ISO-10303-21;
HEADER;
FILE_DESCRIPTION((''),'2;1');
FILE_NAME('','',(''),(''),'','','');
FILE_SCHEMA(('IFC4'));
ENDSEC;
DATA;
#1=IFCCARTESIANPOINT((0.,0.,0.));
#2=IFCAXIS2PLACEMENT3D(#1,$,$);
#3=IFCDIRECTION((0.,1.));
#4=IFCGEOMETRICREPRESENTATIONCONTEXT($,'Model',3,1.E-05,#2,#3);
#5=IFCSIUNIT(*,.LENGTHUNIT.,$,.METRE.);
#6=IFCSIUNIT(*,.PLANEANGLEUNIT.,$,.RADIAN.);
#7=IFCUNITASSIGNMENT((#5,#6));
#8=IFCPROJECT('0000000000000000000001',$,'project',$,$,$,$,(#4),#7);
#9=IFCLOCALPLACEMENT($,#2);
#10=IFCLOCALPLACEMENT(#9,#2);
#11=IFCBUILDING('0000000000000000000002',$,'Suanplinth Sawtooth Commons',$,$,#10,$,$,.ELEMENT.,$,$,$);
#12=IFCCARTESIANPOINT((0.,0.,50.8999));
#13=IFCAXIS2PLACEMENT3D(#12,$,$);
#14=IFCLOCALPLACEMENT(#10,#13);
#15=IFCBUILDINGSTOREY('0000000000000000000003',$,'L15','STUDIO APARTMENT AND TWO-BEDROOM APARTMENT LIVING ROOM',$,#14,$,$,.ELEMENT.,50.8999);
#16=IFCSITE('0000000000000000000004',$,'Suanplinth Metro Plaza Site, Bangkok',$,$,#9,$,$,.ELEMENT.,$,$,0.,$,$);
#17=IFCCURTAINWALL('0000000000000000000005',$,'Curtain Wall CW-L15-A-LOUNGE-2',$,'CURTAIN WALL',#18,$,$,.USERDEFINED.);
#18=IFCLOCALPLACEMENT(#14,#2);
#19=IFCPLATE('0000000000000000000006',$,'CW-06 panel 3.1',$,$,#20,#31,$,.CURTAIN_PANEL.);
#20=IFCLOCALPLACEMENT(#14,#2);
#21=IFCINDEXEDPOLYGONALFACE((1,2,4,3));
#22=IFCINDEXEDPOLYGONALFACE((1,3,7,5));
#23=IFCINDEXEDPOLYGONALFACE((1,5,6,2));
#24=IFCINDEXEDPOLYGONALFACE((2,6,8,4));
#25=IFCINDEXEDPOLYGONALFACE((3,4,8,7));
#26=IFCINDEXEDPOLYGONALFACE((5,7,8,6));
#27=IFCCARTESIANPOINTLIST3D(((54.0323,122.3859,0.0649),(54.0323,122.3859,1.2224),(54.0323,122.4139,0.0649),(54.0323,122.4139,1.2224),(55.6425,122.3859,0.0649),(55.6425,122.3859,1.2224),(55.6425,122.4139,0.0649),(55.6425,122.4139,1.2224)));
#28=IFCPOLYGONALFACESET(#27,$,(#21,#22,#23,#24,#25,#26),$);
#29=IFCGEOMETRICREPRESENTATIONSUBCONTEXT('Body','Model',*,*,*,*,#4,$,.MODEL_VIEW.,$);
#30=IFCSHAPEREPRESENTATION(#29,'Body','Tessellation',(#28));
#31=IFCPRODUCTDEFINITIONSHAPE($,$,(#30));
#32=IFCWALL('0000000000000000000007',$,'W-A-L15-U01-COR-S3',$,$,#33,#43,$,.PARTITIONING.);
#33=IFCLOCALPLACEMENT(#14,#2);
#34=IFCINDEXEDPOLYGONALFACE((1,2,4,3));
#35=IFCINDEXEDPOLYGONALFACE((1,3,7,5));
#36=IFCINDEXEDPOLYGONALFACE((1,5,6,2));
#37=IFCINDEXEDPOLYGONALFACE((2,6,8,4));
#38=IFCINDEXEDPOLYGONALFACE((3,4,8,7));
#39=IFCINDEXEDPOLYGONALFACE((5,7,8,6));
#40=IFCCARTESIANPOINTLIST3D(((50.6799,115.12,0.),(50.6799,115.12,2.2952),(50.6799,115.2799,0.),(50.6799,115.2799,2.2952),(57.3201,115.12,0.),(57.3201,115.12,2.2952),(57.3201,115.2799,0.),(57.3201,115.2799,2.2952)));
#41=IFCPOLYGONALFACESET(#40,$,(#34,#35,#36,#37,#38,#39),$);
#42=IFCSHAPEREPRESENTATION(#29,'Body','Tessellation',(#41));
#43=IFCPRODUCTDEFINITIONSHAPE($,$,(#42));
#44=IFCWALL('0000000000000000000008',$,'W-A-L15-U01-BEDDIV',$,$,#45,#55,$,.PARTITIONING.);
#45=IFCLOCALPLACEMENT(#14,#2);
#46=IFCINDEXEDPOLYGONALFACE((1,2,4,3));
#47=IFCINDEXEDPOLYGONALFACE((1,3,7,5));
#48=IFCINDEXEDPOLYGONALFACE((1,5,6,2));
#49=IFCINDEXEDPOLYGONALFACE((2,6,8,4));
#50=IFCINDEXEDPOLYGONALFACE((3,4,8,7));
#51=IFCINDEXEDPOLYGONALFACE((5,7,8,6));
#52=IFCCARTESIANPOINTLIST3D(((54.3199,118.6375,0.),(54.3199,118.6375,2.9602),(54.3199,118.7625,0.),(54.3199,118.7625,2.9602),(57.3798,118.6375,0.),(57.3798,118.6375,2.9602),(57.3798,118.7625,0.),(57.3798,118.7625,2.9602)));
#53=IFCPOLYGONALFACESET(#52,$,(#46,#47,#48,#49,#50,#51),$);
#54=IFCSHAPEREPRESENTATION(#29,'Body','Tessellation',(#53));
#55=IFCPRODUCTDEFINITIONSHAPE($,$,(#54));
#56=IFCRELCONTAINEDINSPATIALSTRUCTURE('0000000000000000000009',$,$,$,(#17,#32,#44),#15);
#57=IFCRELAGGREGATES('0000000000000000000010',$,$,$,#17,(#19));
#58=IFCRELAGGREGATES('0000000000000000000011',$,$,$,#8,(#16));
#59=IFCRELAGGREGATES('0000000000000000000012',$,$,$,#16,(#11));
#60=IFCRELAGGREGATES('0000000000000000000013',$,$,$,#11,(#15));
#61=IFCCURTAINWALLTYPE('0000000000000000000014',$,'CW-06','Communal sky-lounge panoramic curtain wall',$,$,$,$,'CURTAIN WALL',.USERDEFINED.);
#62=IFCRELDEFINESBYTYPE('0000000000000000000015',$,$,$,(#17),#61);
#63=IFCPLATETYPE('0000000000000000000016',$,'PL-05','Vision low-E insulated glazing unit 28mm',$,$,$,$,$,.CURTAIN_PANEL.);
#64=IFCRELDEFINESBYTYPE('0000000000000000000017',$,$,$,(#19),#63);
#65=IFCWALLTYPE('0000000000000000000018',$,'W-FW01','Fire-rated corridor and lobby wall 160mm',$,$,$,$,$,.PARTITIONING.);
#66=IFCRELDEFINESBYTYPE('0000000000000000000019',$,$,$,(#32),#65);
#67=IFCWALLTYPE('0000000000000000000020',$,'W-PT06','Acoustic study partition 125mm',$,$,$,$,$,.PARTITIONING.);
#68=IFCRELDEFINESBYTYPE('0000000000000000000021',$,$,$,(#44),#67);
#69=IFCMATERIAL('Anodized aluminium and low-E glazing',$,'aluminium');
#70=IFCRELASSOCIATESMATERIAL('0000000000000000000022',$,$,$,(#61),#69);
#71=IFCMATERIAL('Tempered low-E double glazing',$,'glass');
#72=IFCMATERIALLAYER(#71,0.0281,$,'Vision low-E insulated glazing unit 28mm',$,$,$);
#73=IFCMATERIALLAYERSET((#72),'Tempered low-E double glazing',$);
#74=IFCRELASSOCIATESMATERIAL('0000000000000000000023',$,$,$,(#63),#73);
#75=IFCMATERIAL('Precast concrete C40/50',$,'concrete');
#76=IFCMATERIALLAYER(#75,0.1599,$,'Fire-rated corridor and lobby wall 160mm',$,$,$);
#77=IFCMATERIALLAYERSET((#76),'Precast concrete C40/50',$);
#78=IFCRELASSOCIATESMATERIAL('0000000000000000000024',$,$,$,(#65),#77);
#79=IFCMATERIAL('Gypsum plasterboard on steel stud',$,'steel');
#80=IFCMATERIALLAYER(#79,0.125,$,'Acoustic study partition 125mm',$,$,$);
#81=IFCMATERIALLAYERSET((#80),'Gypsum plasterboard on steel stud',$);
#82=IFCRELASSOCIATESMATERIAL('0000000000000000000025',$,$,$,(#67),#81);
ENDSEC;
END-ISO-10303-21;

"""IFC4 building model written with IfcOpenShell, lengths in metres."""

from ifc_helpers import new_model, si_unit, direction, frame, frame_2d, origin, origin_2d, place, context, subcontext, project, spatial, rectangle, extrude, material, layer, layer_set, type_object, element, aggregate, save


model = new_model("IFC4")

# Units and contexts
model_context = context("Model", 3, precision=1e-05, world=origin(), true_north=direction((0.0, 1.0)))
body_context = subcontext(model_context, "Body", "Model", "MODEL_VIEW")
ifc_project = project(units=[si_unit("LENGTHUNIT", "METRE"), si_unit("PLANEANGLEUNIT", "RADIAN")], contexts=[model_context])

# Site, building, storey
site_placement = place(None, origin())
site = spatial("IfcSite", under=ifc_project, at=site_placement, Name="Suanplinth Metro Plaza Site, Bangkok", CompositionType="ELEMENT", RefElevation=0.0)
building_placement = place(site_placement, origin())
building = spatial("IfcBuilding", under=site, at=building_placement, Name="Suanplinth Sawtooth Commons", CompositionType="ELEMENT")
storey_placement = place(building_placement, frame((0.0, 0.0, 50.8999)))
storey = spatial("IfcBuildingStorey", under=building, at=storey_placement, Name="L15", Description="STUDIO APARTMENT AND TWO-BEDROOM APARTMENT LIVING ROOM", CompositionType="ELEMENT", Elevation=50.8999)

# Shared definitions
ifc_material_1 = material(Name="Precast concrete C40/50", Category="concrete")

# Curtain wall
ifc_material_2 = material(Name="Anodized aluminium and low-E glazing", Category="aluminium")
curtain_wall_type = type_object("IfcCurtainWallType", Name="CW-06", Description="Communal sky-lounge panoramic curtain wall", ElementType="CURTAIN WALL", PredefinedType="USERDEFINED", material=ifc_material_2)
curtain_wall_placement = place(storey_placement, origin())
curtain_wall = element("IfcCurtainWall", 1, at=curtain_wall_placement, inside=storey, type_object=curtain_wall_type, Name="Curtain Wall CW-L15-A-LOUNGE-2", ObjectType="CURTAIN WALL", PredefinedType="USERDEFINED")

# Plate
ifc_material_3 = material(Name="Tempered low-E double glazing", Category="glass")
ifc_layer_1 = layer(ifc_material_3, 0.0281, Name="Vision low-E insulated glazing unit 28mm")
ifc_layer_set_1 = layer_set([ifc_layer_1], Name="Tempered low-E double glazing")
plate_type_1 = type_object("IfcPlateType", Name="PL-05", Description="Vision low-E insulated glazing unit 28mm", PredefinedType="CURTAIN_PANEL", material=ifc_layer_set_1)
plate_1_placement = place(storey_placement, frame((54.8374, 122.3999, 0.0649), z_axis=(0.0, 0.0, 1.0), x_axis=(1.0, 0.0, 0.0)))
plate_1 = element("IfcPlate", 2, at=plate_1_placement, type_object=plate_type_1, Name="CW-06 panel 3.1", PredefinedType="CURTAIN_PANEL", context=body_context, shape_type="SweptSolid", body=[
    extrude(rectangle(XDim=1.6101, YDim=0.0281, at=origin_2d()), origin(), (0.0, 0.0, 1.0), 1.1575),
])
aggregate(curtain_wall, [plate_1])

# Wall
ifc_layer_2 = layer(ifc_material_1, 0.1599, Name="Fire-rated corridor and lobby wall 160mm")
ifc_layer_set_2 = layer_set([ifc_layer_2], Name="Precast concrete C40/50")
wall_type_1 = type_object("IfcWallType", Name="W-FW01", Description="Fire-rated corridor and lobby wall 160mm", PredefinedType="PARTITIONING", material=ifc_layer_set_2)
wall_1_placement = place(storey_placement, frame((50.6799, 115.2, 0.0), z_axis=(0.0, 0.0, 1.0), x_axis=(1.0, 0.0, 0.0)))
element("IfcWall", 3, at=wall_1_placement, inside=storey, type_object=wall_type_1, Name="W-A-L15-U01-COR-S3", PredefinedType="PARTITIONING", context=body_context, shape_type="SweptSolid", body=[
    extrude(rectangle(XDim=6.6401, YDim=0.1599, at=frame_2d((3.3201, 0.0))), origin(), (0.0, 0.0, 1.0), 2.2952),
])

# Shared definitions
ifc_material_4 = material(Name="Gypsum plasterboard on steel stud", Category="steel")

# Wall
ifc_layer_3 = layer(ifc_material_4, 0.125, Name="Acoustic study partition 125mm")
ifc_layer_set_3 = layer_set([ifc_layer_3], Name="Gypsum plasterboard on steel stud")
wall_type_2 = type_object("IfcWallType", Name="W-PT06", Description="Acoustic study partition 125mm", PredefinedType="PARTITIONING", material=ifc_layer_set_3)
wall_2_placement = place(storey_placement, frame((54.3201, 118.7, 0.0), z_axis=(0.0, 0.0, 1.0), x_axis=(1.0, 0.0, 0.0)))
element("IfcWall", 4, at=wall_2_placement, inside=storey, type_object=wall_type_2, Name="W-A-L15-U01-BEDDIV", PredefinedType="PARTITIONING", context=body_context, shape_type="SweptSolid", body=[
    extrude(rectangle(XDim=3.0598, YDim=0.125, at=frame_2d((1.5298, 0.0))), origin(), (0.0, 0.0, 1.0), 2.9602),
])

save(model, "model.ifc")
